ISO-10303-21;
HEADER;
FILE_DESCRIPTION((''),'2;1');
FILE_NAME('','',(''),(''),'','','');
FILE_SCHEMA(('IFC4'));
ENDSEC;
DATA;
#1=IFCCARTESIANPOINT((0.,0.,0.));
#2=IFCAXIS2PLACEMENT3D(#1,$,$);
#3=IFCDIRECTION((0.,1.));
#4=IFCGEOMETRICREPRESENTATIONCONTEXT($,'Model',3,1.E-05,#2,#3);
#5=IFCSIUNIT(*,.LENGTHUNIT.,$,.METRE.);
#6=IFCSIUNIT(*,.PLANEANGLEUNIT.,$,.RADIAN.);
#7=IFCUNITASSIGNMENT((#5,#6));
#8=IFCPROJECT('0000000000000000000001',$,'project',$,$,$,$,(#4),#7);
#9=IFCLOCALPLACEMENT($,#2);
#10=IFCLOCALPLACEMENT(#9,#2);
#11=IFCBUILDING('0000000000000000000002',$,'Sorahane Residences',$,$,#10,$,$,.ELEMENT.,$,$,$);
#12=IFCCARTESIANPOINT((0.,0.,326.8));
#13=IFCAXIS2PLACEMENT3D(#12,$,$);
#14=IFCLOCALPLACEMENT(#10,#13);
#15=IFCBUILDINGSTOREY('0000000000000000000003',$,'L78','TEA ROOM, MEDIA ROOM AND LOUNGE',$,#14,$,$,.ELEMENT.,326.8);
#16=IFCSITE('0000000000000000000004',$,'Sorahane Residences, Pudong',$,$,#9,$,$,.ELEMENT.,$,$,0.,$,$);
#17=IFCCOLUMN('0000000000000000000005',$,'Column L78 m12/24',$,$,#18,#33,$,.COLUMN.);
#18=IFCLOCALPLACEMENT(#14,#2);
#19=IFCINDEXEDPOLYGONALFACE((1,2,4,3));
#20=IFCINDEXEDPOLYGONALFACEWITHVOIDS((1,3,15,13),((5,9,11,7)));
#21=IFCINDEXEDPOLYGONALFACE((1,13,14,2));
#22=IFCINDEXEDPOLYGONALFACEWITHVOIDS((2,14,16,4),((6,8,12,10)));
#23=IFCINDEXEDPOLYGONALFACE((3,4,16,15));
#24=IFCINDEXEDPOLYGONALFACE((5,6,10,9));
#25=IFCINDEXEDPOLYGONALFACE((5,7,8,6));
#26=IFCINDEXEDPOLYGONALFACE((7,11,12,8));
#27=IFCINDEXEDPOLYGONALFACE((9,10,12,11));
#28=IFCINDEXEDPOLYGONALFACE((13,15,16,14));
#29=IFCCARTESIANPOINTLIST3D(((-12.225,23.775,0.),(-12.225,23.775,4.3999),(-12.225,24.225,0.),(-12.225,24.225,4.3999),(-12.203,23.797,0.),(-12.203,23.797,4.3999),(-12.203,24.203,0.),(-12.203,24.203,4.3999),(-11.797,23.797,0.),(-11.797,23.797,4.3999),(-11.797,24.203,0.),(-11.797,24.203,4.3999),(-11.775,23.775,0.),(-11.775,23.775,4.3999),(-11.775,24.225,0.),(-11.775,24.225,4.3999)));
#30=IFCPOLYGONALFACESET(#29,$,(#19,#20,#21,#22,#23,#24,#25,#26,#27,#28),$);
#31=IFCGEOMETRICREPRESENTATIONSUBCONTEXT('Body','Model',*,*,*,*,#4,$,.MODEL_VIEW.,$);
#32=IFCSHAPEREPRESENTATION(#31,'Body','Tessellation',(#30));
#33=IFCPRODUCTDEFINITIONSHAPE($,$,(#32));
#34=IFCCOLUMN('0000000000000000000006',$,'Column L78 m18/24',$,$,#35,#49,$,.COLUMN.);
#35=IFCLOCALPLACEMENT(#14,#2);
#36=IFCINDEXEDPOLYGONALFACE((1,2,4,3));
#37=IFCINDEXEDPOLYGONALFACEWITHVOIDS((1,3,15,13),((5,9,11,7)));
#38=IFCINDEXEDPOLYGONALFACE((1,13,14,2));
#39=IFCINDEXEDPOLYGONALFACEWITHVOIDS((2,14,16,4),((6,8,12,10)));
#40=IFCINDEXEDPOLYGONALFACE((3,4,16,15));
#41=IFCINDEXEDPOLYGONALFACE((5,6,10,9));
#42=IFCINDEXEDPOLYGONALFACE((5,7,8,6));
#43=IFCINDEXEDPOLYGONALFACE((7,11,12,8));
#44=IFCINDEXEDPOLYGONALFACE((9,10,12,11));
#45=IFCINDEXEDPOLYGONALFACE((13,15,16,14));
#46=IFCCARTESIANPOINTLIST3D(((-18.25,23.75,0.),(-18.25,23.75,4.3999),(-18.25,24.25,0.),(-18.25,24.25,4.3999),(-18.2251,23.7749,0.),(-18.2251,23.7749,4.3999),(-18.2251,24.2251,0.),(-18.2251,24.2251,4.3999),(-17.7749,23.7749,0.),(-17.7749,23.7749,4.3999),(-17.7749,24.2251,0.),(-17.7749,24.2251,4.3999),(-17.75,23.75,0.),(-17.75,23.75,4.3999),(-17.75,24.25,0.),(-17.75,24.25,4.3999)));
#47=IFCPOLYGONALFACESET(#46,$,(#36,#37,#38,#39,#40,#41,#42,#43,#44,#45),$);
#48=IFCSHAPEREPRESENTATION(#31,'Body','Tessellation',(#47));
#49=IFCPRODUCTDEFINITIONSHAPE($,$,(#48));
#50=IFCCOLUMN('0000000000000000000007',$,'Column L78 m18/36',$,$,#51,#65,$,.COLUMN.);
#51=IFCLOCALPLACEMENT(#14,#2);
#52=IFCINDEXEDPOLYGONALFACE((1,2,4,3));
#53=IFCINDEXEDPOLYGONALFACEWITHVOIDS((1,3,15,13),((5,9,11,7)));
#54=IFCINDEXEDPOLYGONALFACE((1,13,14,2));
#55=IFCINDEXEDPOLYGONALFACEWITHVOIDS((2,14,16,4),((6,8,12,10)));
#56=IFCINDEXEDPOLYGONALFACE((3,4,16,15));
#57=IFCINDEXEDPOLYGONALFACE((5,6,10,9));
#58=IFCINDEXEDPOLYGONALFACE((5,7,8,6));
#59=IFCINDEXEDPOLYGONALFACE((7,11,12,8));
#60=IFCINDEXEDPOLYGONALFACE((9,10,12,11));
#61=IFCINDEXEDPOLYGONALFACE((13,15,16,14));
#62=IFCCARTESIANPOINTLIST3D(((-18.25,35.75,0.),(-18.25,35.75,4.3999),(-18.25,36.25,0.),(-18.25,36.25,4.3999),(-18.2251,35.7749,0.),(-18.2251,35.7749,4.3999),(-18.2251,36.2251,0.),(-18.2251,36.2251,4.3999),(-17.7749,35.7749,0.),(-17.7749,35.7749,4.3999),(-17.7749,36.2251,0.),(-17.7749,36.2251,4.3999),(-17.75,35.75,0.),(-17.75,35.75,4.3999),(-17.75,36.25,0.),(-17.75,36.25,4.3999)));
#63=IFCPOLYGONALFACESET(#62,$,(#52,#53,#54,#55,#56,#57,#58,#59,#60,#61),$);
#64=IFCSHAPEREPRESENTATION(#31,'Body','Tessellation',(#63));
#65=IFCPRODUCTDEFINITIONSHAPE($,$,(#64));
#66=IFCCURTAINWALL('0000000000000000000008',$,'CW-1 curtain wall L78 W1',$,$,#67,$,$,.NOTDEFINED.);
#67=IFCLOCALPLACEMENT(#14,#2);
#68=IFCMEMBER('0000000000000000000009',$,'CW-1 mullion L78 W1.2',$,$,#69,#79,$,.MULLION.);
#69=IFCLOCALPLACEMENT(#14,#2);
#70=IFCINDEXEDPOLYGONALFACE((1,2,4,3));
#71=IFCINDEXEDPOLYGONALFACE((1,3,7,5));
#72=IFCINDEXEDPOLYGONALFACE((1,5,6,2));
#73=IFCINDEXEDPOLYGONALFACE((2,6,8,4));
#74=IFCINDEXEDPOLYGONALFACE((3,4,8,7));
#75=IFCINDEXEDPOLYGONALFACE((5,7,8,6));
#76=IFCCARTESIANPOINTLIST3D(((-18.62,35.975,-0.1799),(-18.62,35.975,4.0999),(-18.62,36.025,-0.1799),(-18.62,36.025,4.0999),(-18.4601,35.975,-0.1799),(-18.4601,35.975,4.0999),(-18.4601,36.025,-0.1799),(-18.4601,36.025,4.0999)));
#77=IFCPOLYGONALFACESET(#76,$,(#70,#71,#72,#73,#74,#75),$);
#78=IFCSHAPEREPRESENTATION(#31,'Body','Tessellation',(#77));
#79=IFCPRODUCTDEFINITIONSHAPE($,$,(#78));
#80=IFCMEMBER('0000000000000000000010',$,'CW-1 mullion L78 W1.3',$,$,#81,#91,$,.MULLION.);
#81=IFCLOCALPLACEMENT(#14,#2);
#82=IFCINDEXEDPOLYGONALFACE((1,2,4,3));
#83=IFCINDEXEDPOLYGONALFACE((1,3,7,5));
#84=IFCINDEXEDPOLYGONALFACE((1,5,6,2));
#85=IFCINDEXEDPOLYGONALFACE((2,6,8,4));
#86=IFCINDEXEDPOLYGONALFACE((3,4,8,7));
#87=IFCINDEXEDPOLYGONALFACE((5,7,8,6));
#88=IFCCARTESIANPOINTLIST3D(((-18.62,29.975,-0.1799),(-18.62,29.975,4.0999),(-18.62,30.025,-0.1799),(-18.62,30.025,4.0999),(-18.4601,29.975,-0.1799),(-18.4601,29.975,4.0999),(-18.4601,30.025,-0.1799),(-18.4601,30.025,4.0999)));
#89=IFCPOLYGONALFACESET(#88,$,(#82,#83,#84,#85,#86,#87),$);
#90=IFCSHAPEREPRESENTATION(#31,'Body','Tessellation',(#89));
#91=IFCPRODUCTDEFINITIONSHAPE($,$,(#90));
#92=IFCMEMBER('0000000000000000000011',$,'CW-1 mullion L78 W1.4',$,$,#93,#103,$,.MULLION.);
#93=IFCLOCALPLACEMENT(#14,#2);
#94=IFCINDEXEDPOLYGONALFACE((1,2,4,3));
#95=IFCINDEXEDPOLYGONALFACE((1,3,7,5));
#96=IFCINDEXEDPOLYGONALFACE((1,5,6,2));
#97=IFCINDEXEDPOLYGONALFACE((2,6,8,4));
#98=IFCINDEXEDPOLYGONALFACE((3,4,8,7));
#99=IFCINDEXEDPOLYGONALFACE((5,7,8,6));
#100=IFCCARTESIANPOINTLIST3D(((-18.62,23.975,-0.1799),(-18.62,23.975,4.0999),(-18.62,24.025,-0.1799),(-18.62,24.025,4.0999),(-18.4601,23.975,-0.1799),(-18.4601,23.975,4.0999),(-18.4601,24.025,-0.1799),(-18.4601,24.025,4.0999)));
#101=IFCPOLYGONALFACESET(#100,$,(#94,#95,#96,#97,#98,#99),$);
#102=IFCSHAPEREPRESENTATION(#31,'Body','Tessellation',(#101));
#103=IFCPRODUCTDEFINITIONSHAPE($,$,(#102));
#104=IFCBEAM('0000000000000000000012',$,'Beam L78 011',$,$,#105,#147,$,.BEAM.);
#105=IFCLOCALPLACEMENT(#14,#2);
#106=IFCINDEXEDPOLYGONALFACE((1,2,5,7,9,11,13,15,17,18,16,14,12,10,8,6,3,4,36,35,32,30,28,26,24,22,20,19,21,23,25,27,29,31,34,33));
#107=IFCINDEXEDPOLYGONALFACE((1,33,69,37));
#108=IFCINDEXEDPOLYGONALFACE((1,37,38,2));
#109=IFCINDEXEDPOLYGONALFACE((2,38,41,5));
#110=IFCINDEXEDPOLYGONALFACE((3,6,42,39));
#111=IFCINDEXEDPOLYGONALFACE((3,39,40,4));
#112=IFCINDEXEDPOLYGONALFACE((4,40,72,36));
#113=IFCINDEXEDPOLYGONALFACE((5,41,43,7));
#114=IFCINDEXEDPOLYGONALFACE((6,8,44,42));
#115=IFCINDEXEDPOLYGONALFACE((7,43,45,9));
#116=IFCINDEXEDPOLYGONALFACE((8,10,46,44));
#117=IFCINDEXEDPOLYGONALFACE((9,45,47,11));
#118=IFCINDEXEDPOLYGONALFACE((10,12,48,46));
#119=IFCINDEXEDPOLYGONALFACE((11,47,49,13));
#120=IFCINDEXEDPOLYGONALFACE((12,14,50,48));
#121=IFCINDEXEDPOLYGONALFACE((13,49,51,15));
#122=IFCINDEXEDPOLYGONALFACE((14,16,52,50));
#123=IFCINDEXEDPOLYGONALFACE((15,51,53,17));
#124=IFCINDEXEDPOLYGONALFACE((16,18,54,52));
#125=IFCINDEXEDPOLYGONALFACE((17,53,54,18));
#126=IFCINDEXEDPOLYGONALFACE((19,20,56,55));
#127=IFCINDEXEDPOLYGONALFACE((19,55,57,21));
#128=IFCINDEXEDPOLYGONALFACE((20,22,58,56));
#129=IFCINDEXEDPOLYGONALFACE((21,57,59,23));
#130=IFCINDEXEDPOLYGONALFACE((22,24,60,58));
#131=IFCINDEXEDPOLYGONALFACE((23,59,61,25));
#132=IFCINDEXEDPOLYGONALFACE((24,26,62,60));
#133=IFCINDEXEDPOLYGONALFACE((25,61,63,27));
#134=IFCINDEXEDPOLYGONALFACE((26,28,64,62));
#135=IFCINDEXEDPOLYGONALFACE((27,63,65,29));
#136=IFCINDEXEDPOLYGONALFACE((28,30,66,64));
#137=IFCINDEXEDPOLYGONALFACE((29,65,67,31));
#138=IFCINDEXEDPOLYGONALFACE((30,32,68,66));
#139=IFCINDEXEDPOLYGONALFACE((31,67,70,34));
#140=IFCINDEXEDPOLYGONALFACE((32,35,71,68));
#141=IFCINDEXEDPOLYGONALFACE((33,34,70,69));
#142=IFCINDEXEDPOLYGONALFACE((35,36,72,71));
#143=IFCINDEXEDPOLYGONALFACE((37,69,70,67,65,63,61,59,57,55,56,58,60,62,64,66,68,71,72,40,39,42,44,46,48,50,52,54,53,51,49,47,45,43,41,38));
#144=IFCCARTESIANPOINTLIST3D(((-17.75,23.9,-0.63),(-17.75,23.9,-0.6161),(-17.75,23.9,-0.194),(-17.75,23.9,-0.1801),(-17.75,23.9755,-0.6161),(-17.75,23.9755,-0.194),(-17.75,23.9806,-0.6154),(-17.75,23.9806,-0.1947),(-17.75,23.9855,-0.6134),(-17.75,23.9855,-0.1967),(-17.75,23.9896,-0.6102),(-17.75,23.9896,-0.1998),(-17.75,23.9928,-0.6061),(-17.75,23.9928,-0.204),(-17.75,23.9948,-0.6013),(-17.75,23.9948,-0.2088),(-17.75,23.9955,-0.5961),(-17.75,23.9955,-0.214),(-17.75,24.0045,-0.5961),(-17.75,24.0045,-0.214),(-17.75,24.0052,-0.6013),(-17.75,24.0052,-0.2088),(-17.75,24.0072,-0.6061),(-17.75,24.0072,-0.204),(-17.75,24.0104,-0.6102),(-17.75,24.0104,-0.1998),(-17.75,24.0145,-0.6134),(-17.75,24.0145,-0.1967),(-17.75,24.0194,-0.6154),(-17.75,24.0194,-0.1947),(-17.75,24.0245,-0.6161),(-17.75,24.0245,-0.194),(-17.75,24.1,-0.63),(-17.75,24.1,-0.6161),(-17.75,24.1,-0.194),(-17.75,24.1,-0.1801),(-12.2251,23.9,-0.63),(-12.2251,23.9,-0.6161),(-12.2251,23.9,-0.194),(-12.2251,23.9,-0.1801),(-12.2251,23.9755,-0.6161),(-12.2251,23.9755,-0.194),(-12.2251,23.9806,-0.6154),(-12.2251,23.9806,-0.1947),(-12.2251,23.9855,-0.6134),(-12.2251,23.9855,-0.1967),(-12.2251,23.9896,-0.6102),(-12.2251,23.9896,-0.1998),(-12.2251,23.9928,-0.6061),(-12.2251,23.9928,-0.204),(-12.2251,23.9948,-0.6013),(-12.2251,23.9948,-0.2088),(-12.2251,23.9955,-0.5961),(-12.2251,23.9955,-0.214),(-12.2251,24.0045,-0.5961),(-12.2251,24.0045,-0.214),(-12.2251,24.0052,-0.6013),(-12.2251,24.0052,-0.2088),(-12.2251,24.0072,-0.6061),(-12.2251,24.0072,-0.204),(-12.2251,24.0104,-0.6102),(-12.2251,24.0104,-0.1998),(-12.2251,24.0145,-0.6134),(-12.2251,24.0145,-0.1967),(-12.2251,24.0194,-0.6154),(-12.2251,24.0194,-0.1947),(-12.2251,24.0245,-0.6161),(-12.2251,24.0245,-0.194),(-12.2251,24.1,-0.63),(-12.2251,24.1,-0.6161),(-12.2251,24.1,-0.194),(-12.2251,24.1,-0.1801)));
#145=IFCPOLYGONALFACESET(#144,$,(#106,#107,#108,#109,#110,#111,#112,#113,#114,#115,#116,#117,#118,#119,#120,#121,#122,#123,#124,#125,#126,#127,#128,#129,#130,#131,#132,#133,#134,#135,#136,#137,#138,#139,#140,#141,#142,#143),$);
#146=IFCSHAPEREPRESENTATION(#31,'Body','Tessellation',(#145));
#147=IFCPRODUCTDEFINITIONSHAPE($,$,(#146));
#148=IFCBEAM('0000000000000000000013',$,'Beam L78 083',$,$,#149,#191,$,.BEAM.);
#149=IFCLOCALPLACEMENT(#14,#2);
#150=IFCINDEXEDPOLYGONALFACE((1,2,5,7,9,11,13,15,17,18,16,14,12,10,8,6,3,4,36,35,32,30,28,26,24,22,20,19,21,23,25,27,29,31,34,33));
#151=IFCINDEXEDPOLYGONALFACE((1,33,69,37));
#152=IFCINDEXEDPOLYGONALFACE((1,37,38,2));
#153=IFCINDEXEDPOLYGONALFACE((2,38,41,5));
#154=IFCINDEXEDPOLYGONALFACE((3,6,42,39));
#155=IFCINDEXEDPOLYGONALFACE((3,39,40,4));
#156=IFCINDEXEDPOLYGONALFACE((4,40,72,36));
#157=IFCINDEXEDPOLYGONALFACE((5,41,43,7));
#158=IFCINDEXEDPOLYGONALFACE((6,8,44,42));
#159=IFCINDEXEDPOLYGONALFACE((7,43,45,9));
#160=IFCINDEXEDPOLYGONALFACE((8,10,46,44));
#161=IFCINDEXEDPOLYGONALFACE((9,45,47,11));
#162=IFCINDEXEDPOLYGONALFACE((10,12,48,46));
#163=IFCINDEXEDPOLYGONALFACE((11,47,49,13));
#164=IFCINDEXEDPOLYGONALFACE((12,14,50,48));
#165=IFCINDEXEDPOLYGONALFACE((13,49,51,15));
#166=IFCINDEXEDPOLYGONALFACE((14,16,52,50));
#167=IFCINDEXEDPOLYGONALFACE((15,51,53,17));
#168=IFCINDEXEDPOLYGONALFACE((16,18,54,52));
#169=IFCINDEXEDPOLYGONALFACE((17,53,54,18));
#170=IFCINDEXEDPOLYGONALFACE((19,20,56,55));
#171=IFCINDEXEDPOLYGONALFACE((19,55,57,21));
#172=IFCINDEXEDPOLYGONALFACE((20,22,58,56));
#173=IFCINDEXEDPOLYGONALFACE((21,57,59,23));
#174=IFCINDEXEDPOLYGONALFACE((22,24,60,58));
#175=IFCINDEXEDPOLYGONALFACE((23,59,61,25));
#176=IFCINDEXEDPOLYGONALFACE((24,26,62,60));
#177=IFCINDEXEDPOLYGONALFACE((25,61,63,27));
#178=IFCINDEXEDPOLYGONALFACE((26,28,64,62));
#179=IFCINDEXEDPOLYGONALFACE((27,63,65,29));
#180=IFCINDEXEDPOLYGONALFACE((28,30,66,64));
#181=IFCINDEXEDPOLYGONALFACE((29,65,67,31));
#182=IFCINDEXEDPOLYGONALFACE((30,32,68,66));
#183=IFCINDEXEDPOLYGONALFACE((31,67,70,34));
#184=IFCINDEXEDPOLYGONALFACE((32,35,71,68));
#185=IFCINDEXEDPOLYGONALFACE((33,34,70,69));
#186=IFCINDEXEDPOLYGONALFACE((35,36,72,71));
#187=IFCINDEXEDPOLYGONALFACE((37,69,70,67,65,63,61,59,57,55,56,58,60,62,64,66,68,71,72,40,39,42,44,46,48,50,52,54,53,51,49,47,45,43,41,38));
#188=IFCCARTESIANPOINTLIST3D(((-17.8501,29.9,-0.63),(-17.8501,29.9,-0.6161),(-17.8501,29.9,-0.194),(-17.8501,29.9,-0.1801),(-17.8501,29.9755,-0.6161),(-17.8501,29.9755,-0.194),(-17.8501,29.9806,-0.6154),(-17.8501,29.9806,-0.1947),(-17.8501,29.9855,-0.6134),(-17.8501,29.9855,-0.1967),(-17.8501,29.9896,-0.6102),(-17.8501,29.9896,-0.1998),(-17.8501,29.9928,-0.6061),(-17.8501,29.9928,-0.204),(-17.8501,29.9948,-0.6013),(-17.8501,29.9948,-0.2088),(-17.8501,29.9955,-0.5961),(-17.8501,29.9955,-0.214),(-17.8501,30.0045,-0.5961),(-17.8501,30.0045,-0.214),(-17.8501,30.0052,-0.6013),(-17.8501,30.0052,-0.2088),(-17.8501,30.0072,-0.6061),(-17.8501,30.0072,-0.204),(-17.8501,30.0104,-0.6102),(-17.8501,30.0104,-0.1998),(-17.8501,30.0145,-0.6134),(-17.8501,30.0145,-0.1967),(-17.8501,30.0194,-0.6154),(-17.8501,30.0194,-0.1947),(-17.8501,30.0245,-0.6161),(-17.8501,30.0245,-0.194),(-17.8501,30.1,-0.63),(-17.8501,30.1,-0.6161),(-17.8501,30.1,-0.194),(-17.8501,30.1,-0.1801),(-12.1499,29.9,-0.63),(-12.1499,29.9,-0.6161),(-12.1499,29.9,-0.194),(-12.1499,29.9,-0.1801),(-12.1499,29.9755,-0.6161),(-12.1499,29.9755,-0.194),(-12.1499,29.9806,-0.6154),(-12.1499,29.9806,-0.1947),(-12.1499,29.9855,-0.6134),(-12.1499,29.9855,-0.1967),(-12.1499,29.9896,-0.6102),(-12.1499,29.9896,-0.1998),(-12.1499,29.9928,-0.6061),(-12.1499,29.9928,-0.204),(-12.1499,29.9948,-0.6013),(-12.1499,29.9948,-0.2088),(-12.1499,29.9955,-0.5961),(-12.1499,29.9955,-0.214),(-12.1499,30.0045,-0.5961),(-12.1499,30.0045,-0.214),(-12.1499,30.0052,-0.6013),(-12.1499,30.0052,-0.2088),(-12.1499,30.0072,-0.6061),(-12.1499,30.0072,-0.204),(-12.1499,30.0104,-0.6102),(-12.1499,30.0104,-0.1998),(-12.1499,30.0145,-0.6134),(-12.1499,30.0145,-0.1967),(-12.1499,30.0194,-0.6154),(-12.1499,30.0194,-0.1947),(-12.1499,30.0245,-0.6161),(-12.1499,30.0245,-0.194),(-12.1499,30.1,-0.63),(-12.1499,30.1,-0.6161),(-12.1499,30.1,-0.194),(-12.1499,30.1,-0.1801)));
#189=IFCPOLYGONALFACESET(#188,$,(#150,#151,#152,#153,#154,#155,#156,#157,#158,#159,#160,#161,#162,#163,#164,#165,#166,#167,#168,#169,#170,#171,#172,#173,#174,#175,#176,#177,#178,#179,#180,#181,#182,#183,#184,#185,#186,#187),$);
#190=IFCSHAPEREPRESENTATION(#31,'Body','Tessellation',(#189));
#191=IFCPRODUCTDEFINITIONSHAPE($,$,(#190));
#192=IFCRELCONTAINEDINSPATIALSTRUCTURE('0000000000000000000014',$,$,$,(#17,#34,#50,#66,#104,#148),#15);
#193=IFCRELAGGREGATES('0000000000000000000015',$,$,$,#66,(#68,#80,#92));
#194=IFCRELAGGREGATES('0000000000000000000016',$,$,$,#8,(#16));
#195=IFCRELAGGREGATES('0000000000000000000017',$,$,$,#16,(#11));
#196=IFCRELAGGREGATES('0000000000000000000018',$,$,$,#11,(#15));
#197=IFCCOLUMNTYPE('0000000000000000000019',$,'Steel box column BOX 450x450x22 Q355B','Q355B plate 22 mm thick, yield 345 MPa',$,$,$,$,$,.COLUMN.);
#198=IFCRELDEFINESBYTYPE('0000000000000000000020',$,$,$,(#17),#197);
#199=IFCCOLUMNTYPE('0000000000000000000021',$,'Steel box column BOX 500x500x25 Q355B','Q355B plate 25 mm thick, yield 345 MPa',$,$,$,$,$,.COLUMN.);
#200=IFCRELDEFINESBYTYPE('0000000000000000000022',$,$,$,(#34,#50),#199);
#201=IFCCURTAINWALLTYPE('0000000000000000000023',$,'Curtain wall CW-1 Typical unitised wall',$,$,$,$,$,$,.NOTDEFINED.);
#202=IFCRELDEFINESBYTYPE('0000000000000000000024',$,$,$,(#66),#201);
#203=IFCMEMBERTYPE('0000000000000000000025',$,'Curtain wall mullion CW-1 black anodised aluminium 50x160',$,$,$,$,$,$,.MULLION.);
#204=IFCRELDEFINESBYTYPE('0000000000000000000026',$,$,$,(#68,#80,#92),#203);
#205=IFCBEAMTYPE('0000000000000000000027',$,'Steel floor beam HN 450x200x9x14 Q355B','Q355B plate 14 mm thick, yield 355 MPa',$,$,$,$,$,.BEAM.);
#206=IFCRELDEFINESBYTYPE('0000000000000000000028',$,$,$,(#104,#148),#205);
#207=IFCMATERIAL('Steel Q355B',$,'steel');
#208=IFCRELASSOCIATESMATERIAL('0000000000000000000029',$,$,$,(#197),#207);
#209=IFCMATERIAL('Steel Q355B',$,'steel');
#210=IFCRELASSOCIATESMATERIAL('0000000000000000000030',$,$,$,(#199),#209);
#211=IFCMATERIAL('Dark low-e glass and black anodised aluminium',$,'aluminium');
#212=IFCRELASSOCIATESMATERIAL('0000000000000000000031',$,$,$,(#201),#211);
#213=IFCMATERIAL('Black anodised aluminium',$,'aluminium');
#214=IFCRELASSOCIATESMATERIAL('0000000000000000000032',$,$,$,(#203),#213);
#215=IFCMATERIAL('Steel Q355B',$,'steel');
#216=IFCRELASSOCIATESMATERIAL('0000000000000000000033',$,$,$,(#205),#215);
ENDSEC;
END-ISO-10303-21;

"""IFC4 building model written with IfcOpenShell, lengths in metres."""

from ifc_helpers import new_model, si_unit, direction, frame, origin, origin_2d, place, context, subcontext, project, spatial, rectangle, hollow_rectangle, i_section, extrude, material, material_profile, profile_set, type_object, element, aggregate, save


model = new_model("IFC4")

# Units and contexts
model_context = context("Model", 3, precision=1e-05, world=origin(), true_north=direction((0.0, 1.0)))
body_context = subcontext(model_context, "Body", "Model", "MODEL_VIEW")
ifc_project = project(units=[si_unit("LENGTHUNIT", "METRE"), si_unit("PLANEANGLEUNIT", "RADIAN")], contexts=[model_context])

# Site, building, storey
site_placement = place(None, origin())
site = spatial("IfcSite", under=ifc_project, at=site_placement, Name="Sorahane Residences, Pudong", CompositionType="ELEMENT", RefElevation=0.0)
building_placement = place(site_placement, origin())
building = spatial("IfcBuilding", under=site, at=building_placement, Name="Sorahane Residences", CompositionType="ELEMENT")
storey_placement = place(building_placement, frame((0.0, 0.0, 326.8)))
storey = spatial("IfcBuildingStorey", under=building, at=storey_placement, Name="L78", Description="TEA ROOM, MEDIA ROOM AND LOUNGE", CompositionType="ELEMENT", Elevation=326.8)

# Columns
ifc_material_1 = material(Name="Steel Q355B", Category="steel")
ifc_material_profile_1 = material_profile(ifc_material_1, hollow_rectangle(XDim=0.45, YDim=0.45, WallThickness=0.022, at=origin_2d()), Name="BOX 450x450x22")
ifc_profile_set_1 = profile_set([ifc_material_profile_1], Name="Steel Q355B")
column_type_1 = type_object("IfcColumnType", Name="Steel box column BOX 450x450x22 Q355B", Description="Q355B plate 22 mm thick, yield 345 MPa", PredefinedType="COLUMN", material=ifc_profile_set_1)
column_placement = place(storey_placement, frame((-12.0, 24.0, 0.0), z_axis=(0.0, 0.0, 1.0), x_axis=(1.0, 0.0, 0.0)))
element("IfcColumn", 1, at=column_placement, inside=storey, type_object=column_type_1, Name="Column L78 m12/24", PredefinedType="COLUMN", context=body_context, shape_type="SweptSolid", body=[
    extrude(hollow_rectangle(XDim=0.45, YDim=0.45, WallThickness=0.022, at=origin_2d()), origin(), (0.0, 0.0, 1.0), 4.3999),
])
ifc_material_2 = material(Name="Steel Q355B", Category="steel")
ifc_material_profile_2 = material_profile(ifc_material_2, hollow_rectangle(XDim=0.5, YDim=0.5, WallThickness=0.0249, at=origin_2d()), Name="BOX 500x500x25")
ifc_profile_set_2 = profile_set([ifc_material_profile_2], Name="Steel Q355B")
column_type_2 = type_object("IfcColumnType", Name="Steel box column BOX 500x500x25 Q355B", Description="Q355B plate 25 mm thick, yield 345 MPa", PredefinedType="COLUMN", material=ifc_profile_set_2)
for number, where, z_axis, x_axis, name in (
    (2, (-18.0, 24.0, 0.0), (0.0, 0.0, 1.0), (1.0, 0.0, 0.0), "Column L78 m18/24"),
    (3, (-18.0, 36.0, 0.0), (0.0, 0.0, 1.0), (1.0, 0.0, 0.0), "Column L78 m18/36"),
):
    element("IfcColumn", number, at=place(storey_placement, frame(where, z_axis=z_axis, x_axis=x_axis)), inside=storey, type_object=column_type_2, Name=name, PredefinedType="COLUMN", context=body_context, shape_type="SweptSolid", body=[
        extrude(hollow_rectangle(XDim=0.5, YDim=0.5, WallThickness=0.0249, at=origin_2d()), origin(), (0.0, 0.0, 1.0), 4.3999),
    ])

# Curtain wall, members
ifc_material_3 = material(Name="Dark low-e glass and black anodised aluminium", Category="aluminium")
curtain_wall_type = type_object("IfcCurtainWallType", Name="Curtain wall CW-1 Typical unitised wall", PredefinedType="NOTDEFINED", material=ifc_material_3)
curtain_wall_placement = place(storey_placement, origin())
curtain_wall = element("IfcCurtainWall", 4, at=curtain_wall_placement, inside=storey, type_object=curtain_wall_type, Name="CW-1 curtain wall L78 W1", PredefinedType="NOTDEFINED")
ifc_material_4 = material(Name="Black anodised aluminium", Category="aluminium")
ifc_material_profile_3 = material_profile(ifc_material_4, rectangle(XDim=0.1599, YDim=0.05, at=origin_2d()), Name="Curtain wall mullion CW-1 black anodised aluminium 50x160")
ifc_profile_set_3 = profile_set([ifc_material_profile_3], Name="Black anodised aluminium")
member_type = type_object("IfcMemberType", Name="Curtain wall mullion CW-1 black anodised aluminium 50x160", PredefinedType="MULLION", material=ifc_profile_set_3)
member_1_placement = place(storey_placement, frame((-18.54, 36.0, -0.1799), z_axis=(0.0, 0.0, 1.0), x_axis=(-1.0, 0.0, 0.0)))
member_1 = element("IfcMember", 5, at=member_1_placement, type_object=member_type, Name="CW-1 mullion L78 W1.2", PredefinedType="MULLION", context=body_context, shape_type="SweptSolid", body=[
    extrude(rectangle(XDim=0.1599, YDim=0.05, at=origin_2d()), origin(), (0.0, 0.0, 1.0), 4.2798),
])
member_2_placement = place(storey_placement, frame((-18.54, 30.0, -0.1799), z_axis=(0.0, 0.0, 1.0), x_axis=(-1.0, 0.0, 0.0)))
member_2 = element("IfcMember", 6, at=member_2_placement, type_object=member_type, Name="CW-1 mullion L78 W1.3", PredefinedType="MULLION", context=body_context, shape_type="SweptSolid", body=[
    extrude(rectangle(XDim=0.1599, YDim=0.05, at=origin_2d()), origin(), (0.0, 0.0, 1.0), 4.2798),
])
member_3_placement = place(storey_placement, frame((-18.54, 24.0, -0.1799), z_axis=(0.0, 0.0, 1.0), x_axis=(-1.0, 0.0, 0.0)))
member_3 = element("IfcMember", 7, at=member_3_placement, type_object=member_type, Name="CW-1 mullion L78 W1.4", PredefinedType="MULLION", context=body_context, shape_type="SweptSolid", body=[
    extrude(rectangle(XDim=0.1599, YDim=0.05, at=origin_2d()), origin(), (0.0, 0.0, 1.0), 4.2798),
])

# Beams
ifc_material_5 = material(Name="Steel Q355B", Category="steel")
ifc_material_profile_4 = material_profile(ifc_material_5, i_section(OverallWidth=0.2, OverallDepth=0.45, WebThickness=0.009, FlangeThickness=0.0139, FilletRadius=0.02, at=origin_2d()), Name="HN 450x200x9x14")
ifc_profile_set_4 = profile_set([ifc_material_profile_4], Name="Steel Q355B")
beam_type_1 = type_object("IfcBeamType", Name="Steel floor beam HN 450x200x9x14 Q355B", Description="Q355B plate 14 mm thick, yield 355 MPa", PredefinedType="BEAM", material=ifc_profile_set_4)
beam_1_placement = place(storey_placement, frame((-17.75, 24.0, -0.405), z_axis=(1.0, 0.0, 0.0), x_axis=(0.0, 1.0, 0.0)))
element("IfcBeam", 8, at=beam_1_placement, inside=storey, type_object=beam_type_1, Name="Beam L78 011", PredefinedType="BEAM", context=body_context, shape_type="SweptSolid", body=[
    extrude(i_section(OverallWidth=0.2, OverallDepth=0.45, WebThickness=0.009, FlangeThickness=0.0139, FilletRadius=0.02, at=origin_2d()), origin(), (0.0, 0.0, 1.0), 5.5249),
])
beam_2_placement = place(storey_placement, frame((-17.8501, 30.0, -0.405), z_axis=(1.0, 0.0, 0.0), x_axis=(0.0, 1.0, 0.0)))
element("IfcBeam", 9, at=beam_2_placement, inside=storey, type_object=beam_type_1, Name="Beam L78 083", PredefinedType="BEAM", context=body_context, shape_type="SweptSolid", body=[
    extrude(i_section(OverallWidth=0.2, OverallDepth=0.45, WebThickness=0.009, FlangeThickness=0.0139, FilletRadius=0.02, at=origin_2d()), origin(), (0.0, 0.0, 1.0), 5.7002),
])

aggregate(curtain_wall, [member_1, member_2, member_3])

save(model, "model.ifc")
